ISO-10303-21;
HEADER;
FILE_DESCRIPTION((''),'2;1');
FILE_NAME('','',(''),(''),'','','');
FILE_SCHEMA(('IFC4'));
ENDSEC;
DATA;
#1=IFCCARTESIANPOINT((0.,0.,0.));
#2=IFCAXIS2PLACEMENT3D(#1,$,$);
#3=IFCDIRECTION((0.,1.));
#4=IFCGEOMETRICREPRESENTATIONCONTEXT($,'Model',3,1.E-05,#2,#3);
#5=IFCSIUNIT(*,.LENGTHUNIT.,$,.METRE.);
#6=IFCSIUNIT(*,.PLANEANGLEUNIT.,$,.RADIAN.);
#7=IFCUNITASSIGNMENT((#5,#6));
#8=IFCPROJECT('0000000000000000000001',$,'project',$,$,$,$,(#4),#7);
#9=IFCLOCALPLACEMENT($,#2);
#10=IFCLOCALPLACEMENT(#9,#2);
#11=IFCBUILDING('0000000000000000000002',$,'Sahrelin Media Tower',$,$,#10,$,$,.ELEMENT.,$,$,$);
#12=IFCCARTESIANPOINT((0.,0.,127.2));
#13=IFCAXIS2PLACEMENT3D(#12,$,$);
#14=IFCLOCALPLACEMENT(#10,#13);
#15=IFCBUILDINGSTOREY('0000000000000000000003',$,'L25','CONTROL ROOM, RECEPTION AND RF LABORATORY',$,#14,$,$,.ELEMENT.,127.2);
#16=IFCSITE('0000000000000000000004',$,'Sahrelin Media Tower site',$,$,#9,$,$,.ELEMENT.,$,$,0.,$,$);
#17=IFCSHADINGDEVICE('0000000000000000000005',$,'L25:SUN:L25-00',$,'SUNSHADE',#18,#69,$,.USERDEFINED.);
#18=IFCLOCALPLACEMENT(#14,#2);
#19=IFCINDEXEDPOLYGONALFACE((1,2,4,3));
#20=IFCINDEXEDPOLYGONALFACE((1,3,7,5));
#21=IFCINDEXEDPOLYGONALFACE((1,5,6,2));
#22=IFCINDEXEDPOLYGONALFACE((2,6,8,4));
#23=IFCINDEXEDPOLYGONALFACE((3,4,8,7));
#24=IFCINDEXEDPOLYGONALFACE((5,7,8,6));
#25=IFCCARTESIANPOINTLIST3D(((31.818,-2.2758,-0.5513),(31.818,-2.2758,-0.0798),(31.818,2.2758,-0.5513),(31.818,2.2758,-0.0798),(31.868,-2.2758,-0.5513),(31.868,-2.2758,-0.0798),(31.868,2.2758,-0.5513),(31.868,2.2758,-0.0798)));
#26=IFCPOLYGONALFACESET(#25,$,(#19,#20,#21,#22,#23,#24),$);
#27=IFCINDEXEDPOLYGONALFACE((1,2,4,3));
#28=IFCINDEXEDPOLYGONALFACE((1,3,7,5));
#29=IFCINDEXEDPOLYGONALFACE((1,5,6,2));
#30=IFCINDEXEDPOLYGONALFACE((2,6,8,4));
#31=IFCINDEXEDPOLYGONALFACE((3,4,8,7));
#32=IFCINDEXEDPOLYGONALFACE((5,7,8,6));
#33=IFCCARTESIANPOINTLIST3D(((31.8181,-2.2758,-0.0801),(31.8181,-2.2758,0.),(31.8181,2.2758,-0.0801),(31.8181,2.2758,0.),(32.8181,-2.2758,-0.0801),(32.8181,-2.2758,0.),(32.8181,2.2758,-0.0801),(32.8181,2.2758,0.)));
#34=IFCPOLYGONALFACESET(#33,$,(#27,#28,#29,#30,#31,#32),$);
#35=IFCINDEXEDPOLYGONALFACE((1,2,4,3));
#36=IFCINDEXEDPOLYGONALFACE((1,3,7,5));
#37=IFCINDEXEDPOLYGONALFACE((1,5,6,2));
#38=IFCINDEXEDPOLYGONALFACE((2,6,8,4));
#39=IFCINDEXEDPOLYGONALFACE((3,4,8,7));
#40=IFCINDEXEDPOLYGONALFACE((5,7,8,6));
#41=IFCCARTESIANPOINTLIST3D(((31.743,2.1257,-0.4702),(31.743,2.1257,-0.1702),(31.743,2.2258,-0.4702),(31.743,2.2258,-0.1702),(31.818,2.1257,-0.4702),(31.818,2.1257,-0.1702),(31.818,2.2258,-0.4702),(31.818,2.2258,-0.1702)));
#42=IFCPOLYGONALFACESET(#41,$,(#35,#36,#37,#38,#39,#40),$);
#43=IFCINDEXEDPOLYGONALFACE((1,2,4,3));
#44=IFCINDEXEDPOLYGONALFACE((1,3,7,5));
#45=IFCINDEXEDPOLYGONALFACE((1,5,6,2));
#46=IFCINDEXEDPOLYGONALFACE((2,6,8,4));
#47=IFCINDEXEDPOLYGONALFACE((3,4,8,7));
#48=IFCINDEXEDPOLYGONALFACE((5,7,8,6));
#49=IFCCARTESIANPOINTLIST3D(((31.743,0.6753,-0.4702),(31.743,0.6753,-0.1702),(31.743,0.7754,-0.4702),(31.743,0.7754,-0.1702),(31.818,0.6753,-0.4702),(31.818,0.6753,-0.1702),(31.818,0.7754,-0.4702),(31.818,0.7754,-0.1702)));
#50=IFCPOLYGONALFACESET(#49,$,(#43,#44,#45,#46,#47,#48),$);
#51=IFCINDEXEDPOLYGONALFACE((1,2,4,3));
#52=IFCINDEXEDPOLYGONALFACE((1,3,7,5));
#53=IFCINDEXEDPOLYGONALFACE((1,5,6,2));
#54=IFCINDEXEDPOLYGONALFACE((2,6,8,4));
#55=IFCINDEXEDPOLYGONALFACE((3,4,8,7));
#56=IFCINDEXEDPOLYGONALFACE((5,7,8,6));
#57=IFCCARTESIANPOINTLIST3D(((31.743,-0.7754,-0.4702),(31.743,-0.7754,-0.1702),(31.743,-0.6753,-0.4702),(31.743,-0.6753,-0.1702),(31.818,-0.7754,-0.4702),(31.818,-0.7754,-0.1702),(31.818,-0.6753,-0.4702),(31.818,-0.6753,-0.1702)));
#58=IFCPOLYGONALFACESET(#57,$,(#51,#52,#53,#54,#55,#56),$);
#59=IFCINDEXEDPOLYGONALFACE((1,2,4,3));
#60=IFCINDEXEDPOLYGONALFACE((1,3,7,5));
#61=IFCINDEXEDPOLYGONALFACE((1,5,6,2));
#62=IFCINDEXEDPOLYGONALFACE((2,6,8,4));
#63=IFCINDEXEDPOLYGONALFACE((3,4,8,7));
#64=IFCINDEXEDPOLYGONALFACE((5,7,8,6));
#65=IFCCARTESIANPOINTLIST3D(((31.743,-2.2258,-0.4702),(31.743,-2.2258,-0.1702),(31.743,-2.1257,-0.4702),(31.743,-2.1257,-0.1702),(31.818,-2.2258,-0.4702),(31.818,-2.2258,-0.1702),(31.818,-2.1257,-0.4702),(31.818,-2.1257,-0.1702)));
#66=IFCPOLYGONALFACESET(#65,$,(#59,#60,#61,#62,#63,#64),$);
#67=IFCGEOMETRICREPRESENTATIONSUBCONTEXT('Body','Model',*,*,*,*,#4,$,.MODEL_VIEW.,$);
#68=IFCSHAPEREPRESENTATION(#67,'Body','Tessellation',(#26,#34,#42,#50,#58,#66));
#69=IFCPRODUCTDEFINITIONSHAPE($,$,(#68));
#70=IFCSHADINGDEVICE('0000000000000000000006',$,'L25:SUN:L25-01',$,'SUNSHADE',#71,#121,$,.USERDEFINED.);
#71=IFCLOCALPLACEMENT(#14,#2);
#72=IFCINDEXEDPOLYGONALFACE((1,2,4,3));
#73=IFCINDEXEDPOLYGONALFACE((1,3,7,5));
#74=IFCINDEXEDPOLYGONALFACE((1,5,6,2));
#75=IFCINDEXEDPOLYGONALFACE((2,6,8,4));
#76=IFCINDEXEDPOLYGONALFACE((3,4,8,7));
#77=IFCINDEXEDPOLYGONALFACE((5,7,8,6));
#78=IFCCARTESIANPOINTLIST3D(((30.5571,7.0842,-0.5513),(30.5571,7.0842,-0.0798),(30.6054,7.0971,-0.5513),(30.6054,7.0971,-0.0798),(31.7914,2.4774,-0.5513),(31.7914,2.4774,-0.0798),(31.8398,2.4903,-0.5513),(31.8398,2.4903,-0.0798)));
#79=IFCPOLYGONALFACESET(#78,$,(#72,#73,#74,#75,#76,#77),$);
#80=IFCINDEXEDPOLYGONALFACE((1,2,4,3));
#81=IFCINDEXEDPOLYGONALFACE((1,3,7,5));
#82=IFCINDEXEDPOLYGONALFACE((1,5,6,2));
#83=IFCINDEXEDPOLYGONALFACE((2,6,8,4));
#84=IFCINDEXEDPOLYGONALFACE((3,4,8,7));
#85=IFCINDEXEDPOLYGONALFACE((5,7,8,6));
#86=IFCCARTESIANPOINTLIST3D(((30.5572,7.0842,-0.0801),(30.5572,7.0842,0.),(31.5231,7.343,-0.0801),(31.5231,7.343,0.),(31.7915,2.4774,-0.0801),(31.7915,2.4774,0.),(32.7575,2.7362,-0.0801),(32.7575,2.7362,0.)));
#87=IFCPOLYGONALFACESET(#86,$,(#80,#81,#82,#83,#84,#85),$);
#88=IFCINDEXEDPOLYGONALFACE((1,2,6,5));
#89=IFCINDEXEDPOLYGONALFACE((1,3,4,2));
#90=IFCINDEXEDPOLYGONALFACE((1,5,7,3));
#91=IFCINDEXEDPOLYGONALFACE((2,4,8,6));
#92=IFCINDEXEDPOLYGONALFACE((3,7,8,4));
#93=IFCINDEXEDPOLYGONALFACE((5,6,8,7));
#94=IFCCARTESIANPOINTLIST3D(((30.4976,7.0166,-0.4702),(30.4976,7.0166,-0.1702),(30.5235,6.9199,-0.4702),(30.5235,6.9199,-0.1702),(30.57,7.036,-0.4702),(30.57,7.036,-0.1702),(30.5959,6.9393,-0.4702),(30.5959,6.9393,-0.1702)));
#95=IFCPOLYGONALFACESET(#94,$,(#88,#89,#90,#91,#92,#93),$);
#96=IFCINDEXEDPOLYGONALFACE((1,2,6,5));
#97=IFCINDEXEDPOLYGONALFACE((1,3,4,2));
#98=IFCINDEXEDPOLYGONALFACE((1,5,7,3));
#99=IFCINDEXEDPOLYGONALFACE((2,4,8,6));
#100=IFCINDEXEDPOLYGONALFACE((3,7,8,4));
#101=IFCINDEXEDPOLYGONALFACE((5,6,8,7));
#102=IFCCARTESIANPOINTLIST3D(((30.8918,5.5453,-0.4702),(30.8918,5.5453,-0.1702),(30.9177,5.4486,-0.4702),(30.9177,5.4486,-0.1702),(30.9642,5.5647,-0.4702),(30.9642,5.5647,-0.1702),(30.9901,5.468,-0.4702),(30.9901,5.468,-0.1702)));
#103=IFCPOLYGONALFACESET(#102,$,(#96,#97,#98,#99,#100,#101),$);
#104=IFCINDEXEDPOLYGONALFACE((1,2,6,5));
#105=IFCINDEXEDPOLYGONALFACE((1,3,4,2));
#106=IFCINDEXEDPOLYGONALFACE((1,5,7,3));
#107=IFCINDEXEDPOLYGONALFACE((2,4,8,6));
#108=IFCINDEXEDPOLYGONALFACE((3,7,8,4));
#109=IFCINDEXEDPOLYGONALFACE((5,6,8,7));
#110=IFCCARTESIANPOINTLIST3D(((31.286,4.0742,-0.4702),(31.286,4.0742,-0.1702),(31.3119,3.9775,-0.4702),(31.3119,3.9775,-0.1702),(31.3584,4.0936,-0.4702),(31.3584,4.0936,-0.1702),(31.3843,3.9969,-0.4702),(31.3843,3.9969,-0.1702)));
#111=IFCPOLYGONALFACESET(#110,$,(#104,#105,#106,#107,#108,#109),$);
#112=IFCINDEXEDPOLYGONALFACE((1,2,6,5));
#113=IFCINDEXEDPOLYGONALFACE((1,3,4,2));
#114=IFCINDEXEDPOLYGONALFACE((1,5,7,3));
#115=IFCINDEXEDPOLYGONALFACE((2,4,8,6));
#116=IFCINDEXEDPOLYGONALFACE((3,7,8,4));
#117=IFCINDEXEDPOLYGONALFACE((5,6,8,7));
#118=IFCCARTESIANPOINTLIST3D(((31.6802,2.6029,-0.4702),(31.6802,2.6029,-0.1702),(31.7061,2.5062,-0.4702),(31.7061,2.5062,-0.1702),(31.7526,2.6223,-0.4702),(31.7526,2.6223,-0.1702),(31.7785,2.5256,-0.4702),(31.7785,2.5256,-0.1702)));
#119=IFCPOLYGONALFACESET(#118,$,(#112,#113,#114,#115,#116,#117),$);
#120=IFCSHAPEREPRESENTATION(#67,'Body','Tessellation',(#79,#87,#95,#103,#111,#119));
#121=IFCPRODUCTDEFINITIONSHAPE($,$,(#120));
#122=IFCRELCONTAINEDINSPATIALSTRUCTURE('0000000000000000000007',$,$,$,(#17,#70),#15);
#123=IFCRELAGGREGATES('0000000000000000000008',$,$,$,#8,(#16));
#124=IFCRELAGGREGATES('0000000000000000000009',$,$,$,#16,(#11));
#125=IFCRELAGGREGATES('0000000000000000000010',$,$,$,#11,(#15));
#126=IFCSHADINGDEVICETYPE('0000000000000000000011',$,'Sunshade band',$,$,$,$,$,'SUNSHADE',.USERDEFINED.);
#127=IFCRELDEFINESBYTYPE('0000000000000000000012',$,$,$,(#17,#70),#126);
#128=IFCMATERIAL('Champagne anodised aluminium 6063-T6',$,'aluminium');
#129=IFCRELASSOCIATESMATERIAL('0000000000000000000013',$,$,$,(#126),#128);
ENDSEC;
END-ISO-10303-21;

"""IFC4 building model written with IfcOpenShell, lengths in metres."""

from ifc_helpers import new_model, si_unit, direction, frame, origin, origin_2d, place, context, subcontext, project, spatial, rectangle, extrude, material, type_object, element, save


model = new_model("IFC4")

# Units and contexts
model_context = context("Model", 3, precision=1e-05, world=origin(), true_north=direction((0.0, 1.0)))
body_context = subcontext(model_context, "Body", "Model", "MODEL_VIEW")
ifc_project = project(units=[si_unit("LENGTHUNIT", "METRE"), si_unit("PLANEANGLEUNIT", "RADIAN")], contexts=[model_context])

# Site, building, storey
site_placement = place(None, origin())
site = spatial("IfcSite", under=ifc_project, at=site_placement, Name="Sahrelin Media Tower site", CompositionType="ELEMENT", RefElevation=0.0)
building_placement = place(site_placement, origin())
building = spatial("IfcBuilding", under=site, at=building_placement, Name="Sahrelin Media Tower", CompositionType="ELEMENT")
storey_placement = place(building_placement, frame((0.0, 0.0, 127.2)))
storey = spatial("IfcBuildingStorey", under=building, at=storey_placement, Name="L25", Description="CONTROL ROOM, RECEPTION AND RF LABORATORY", CompositionType="ELEMENT", Elevation=127.2)

# Shared definitions
ifc_material_1 = material(Name="Champagne anodised aluminium 6063-T6", Category="aluminium")

# Shading devices
placement_1 = place(storey_placement, frame((31.7981, 0.0, 0.0), z_axis=(0.0, 0.0, 1.0), x_axis=(0.0, -1.0, 0.0)))
placement_2 = place(storey_placement, frame((31.155, 4.7756, 0.0), z_axis=(0.0, 0.0, 1.0), x_axis=(0.258808, -0.965929, 0.0)))
shading_device_type_1 = type_object("IfcShadingDeviceType", Name="Sunshade band", ElementType="SUNSHADE", PredefinedType="USERDEFINED", material=ifc_material_1)
element("IfcShadingDevice", 1, at=placement_1, inside=storey, type_object=shading_device_type_1, Name="L25:SUN:L25-00", ObjectType="SUNSHADE", PredefinedType="USERDEFINED", context=body_context, shape_type="SweptSolid", body=[
    extrude(rectangle(XDim=4.5515, YDim=0.05, at=origin_2d()), frame((0.0, 0.0449, -0.5513)), (0.0, 0.0, 1.0), 0.4714),
    extrude(rectangle(XDim=4.5515, YDim=1.0, at=origin_2d()), frame((0.0, 0.52, -0.0801)), (0.0, 0.0, 1.0), 0.0801),
    extrude(rectangle(XDim=0.1001, YDim=0.075, at=origin_2d()), frame((-2.1758, -0.0176, -0.4702)), (0.0, 0.0, 1.0), 0.3),
    extrude(rectangle(XDim=0.1001, YDim=0.075, at=origin_2d()), frame((-0.7253, -0.0176, -0.4702)), (0.0, 0.0, 1.0), 0.3),
    extrude(rectangle(XDim=0.1001, YDim=0.075, at=origin_2d()), frame((0.7253, -0.0176, -0.4702)), (0.0, 0.0, 1.0), 0.3),
    extrude(rectangle(XDim=0.1001, YDim=0.075, at=origin_2d()), frame((2.1758, -0.0176, -0.4702)), (0.0, 0.0, 1.0), 0.3),
])
element("IfcShadingDevice", 2, at=placement_2, inside=storey, type_object=shading_device_type_1, Name="L25:SUN:L25-01", ObjectType="SUNSHADE", PredefinedType="USERDEFINED", context=body_context, shape_type="SweptSolid", body=[
    extrude(rectangle(XDim=4.7693, YDim=0.05, at=origin_2d()), frame((0.0, 0.0449, -0.5513)), (0.0, 0.0, 1.0), 0.4714),
    extrude(rectangle(XDim=4.7693, YDim=1.0, at=origin_2d()), frame((0.0, 0.52, -0.0801)), (0.0, 0.0, 1.0), 0.0801),
    extrude(rectangle(XDim=0.1001, YDim=0.075, at=origin_2d()), frame((-2.2847, -0.0176, -0.4702)), (0.0, 0.0, 1.0), 0.3),
    extrude(rectangle(XDim=0.1001, YDim=0.075, at=origin_2d()), frame((-0.7615, -0.0176, -0.4702)), (0.0, 0.0, 1.0), 0.3),
    extrude(rectangle(XDim=0.1001, YDim=0.075, at=origin_2d()), frame((0.7615, -0.0176, -0.4702)), (0.0, 0.0, 1.0), 0.3),
    extrude(rectangle(XDim=0.1001, YDim=0.075, at=origin_2d()), frame((2.2847, -0.0176, -0.4702)), (0.0, 0.0, 1.0), 0.3),
])

save(model, "model.ifc")
